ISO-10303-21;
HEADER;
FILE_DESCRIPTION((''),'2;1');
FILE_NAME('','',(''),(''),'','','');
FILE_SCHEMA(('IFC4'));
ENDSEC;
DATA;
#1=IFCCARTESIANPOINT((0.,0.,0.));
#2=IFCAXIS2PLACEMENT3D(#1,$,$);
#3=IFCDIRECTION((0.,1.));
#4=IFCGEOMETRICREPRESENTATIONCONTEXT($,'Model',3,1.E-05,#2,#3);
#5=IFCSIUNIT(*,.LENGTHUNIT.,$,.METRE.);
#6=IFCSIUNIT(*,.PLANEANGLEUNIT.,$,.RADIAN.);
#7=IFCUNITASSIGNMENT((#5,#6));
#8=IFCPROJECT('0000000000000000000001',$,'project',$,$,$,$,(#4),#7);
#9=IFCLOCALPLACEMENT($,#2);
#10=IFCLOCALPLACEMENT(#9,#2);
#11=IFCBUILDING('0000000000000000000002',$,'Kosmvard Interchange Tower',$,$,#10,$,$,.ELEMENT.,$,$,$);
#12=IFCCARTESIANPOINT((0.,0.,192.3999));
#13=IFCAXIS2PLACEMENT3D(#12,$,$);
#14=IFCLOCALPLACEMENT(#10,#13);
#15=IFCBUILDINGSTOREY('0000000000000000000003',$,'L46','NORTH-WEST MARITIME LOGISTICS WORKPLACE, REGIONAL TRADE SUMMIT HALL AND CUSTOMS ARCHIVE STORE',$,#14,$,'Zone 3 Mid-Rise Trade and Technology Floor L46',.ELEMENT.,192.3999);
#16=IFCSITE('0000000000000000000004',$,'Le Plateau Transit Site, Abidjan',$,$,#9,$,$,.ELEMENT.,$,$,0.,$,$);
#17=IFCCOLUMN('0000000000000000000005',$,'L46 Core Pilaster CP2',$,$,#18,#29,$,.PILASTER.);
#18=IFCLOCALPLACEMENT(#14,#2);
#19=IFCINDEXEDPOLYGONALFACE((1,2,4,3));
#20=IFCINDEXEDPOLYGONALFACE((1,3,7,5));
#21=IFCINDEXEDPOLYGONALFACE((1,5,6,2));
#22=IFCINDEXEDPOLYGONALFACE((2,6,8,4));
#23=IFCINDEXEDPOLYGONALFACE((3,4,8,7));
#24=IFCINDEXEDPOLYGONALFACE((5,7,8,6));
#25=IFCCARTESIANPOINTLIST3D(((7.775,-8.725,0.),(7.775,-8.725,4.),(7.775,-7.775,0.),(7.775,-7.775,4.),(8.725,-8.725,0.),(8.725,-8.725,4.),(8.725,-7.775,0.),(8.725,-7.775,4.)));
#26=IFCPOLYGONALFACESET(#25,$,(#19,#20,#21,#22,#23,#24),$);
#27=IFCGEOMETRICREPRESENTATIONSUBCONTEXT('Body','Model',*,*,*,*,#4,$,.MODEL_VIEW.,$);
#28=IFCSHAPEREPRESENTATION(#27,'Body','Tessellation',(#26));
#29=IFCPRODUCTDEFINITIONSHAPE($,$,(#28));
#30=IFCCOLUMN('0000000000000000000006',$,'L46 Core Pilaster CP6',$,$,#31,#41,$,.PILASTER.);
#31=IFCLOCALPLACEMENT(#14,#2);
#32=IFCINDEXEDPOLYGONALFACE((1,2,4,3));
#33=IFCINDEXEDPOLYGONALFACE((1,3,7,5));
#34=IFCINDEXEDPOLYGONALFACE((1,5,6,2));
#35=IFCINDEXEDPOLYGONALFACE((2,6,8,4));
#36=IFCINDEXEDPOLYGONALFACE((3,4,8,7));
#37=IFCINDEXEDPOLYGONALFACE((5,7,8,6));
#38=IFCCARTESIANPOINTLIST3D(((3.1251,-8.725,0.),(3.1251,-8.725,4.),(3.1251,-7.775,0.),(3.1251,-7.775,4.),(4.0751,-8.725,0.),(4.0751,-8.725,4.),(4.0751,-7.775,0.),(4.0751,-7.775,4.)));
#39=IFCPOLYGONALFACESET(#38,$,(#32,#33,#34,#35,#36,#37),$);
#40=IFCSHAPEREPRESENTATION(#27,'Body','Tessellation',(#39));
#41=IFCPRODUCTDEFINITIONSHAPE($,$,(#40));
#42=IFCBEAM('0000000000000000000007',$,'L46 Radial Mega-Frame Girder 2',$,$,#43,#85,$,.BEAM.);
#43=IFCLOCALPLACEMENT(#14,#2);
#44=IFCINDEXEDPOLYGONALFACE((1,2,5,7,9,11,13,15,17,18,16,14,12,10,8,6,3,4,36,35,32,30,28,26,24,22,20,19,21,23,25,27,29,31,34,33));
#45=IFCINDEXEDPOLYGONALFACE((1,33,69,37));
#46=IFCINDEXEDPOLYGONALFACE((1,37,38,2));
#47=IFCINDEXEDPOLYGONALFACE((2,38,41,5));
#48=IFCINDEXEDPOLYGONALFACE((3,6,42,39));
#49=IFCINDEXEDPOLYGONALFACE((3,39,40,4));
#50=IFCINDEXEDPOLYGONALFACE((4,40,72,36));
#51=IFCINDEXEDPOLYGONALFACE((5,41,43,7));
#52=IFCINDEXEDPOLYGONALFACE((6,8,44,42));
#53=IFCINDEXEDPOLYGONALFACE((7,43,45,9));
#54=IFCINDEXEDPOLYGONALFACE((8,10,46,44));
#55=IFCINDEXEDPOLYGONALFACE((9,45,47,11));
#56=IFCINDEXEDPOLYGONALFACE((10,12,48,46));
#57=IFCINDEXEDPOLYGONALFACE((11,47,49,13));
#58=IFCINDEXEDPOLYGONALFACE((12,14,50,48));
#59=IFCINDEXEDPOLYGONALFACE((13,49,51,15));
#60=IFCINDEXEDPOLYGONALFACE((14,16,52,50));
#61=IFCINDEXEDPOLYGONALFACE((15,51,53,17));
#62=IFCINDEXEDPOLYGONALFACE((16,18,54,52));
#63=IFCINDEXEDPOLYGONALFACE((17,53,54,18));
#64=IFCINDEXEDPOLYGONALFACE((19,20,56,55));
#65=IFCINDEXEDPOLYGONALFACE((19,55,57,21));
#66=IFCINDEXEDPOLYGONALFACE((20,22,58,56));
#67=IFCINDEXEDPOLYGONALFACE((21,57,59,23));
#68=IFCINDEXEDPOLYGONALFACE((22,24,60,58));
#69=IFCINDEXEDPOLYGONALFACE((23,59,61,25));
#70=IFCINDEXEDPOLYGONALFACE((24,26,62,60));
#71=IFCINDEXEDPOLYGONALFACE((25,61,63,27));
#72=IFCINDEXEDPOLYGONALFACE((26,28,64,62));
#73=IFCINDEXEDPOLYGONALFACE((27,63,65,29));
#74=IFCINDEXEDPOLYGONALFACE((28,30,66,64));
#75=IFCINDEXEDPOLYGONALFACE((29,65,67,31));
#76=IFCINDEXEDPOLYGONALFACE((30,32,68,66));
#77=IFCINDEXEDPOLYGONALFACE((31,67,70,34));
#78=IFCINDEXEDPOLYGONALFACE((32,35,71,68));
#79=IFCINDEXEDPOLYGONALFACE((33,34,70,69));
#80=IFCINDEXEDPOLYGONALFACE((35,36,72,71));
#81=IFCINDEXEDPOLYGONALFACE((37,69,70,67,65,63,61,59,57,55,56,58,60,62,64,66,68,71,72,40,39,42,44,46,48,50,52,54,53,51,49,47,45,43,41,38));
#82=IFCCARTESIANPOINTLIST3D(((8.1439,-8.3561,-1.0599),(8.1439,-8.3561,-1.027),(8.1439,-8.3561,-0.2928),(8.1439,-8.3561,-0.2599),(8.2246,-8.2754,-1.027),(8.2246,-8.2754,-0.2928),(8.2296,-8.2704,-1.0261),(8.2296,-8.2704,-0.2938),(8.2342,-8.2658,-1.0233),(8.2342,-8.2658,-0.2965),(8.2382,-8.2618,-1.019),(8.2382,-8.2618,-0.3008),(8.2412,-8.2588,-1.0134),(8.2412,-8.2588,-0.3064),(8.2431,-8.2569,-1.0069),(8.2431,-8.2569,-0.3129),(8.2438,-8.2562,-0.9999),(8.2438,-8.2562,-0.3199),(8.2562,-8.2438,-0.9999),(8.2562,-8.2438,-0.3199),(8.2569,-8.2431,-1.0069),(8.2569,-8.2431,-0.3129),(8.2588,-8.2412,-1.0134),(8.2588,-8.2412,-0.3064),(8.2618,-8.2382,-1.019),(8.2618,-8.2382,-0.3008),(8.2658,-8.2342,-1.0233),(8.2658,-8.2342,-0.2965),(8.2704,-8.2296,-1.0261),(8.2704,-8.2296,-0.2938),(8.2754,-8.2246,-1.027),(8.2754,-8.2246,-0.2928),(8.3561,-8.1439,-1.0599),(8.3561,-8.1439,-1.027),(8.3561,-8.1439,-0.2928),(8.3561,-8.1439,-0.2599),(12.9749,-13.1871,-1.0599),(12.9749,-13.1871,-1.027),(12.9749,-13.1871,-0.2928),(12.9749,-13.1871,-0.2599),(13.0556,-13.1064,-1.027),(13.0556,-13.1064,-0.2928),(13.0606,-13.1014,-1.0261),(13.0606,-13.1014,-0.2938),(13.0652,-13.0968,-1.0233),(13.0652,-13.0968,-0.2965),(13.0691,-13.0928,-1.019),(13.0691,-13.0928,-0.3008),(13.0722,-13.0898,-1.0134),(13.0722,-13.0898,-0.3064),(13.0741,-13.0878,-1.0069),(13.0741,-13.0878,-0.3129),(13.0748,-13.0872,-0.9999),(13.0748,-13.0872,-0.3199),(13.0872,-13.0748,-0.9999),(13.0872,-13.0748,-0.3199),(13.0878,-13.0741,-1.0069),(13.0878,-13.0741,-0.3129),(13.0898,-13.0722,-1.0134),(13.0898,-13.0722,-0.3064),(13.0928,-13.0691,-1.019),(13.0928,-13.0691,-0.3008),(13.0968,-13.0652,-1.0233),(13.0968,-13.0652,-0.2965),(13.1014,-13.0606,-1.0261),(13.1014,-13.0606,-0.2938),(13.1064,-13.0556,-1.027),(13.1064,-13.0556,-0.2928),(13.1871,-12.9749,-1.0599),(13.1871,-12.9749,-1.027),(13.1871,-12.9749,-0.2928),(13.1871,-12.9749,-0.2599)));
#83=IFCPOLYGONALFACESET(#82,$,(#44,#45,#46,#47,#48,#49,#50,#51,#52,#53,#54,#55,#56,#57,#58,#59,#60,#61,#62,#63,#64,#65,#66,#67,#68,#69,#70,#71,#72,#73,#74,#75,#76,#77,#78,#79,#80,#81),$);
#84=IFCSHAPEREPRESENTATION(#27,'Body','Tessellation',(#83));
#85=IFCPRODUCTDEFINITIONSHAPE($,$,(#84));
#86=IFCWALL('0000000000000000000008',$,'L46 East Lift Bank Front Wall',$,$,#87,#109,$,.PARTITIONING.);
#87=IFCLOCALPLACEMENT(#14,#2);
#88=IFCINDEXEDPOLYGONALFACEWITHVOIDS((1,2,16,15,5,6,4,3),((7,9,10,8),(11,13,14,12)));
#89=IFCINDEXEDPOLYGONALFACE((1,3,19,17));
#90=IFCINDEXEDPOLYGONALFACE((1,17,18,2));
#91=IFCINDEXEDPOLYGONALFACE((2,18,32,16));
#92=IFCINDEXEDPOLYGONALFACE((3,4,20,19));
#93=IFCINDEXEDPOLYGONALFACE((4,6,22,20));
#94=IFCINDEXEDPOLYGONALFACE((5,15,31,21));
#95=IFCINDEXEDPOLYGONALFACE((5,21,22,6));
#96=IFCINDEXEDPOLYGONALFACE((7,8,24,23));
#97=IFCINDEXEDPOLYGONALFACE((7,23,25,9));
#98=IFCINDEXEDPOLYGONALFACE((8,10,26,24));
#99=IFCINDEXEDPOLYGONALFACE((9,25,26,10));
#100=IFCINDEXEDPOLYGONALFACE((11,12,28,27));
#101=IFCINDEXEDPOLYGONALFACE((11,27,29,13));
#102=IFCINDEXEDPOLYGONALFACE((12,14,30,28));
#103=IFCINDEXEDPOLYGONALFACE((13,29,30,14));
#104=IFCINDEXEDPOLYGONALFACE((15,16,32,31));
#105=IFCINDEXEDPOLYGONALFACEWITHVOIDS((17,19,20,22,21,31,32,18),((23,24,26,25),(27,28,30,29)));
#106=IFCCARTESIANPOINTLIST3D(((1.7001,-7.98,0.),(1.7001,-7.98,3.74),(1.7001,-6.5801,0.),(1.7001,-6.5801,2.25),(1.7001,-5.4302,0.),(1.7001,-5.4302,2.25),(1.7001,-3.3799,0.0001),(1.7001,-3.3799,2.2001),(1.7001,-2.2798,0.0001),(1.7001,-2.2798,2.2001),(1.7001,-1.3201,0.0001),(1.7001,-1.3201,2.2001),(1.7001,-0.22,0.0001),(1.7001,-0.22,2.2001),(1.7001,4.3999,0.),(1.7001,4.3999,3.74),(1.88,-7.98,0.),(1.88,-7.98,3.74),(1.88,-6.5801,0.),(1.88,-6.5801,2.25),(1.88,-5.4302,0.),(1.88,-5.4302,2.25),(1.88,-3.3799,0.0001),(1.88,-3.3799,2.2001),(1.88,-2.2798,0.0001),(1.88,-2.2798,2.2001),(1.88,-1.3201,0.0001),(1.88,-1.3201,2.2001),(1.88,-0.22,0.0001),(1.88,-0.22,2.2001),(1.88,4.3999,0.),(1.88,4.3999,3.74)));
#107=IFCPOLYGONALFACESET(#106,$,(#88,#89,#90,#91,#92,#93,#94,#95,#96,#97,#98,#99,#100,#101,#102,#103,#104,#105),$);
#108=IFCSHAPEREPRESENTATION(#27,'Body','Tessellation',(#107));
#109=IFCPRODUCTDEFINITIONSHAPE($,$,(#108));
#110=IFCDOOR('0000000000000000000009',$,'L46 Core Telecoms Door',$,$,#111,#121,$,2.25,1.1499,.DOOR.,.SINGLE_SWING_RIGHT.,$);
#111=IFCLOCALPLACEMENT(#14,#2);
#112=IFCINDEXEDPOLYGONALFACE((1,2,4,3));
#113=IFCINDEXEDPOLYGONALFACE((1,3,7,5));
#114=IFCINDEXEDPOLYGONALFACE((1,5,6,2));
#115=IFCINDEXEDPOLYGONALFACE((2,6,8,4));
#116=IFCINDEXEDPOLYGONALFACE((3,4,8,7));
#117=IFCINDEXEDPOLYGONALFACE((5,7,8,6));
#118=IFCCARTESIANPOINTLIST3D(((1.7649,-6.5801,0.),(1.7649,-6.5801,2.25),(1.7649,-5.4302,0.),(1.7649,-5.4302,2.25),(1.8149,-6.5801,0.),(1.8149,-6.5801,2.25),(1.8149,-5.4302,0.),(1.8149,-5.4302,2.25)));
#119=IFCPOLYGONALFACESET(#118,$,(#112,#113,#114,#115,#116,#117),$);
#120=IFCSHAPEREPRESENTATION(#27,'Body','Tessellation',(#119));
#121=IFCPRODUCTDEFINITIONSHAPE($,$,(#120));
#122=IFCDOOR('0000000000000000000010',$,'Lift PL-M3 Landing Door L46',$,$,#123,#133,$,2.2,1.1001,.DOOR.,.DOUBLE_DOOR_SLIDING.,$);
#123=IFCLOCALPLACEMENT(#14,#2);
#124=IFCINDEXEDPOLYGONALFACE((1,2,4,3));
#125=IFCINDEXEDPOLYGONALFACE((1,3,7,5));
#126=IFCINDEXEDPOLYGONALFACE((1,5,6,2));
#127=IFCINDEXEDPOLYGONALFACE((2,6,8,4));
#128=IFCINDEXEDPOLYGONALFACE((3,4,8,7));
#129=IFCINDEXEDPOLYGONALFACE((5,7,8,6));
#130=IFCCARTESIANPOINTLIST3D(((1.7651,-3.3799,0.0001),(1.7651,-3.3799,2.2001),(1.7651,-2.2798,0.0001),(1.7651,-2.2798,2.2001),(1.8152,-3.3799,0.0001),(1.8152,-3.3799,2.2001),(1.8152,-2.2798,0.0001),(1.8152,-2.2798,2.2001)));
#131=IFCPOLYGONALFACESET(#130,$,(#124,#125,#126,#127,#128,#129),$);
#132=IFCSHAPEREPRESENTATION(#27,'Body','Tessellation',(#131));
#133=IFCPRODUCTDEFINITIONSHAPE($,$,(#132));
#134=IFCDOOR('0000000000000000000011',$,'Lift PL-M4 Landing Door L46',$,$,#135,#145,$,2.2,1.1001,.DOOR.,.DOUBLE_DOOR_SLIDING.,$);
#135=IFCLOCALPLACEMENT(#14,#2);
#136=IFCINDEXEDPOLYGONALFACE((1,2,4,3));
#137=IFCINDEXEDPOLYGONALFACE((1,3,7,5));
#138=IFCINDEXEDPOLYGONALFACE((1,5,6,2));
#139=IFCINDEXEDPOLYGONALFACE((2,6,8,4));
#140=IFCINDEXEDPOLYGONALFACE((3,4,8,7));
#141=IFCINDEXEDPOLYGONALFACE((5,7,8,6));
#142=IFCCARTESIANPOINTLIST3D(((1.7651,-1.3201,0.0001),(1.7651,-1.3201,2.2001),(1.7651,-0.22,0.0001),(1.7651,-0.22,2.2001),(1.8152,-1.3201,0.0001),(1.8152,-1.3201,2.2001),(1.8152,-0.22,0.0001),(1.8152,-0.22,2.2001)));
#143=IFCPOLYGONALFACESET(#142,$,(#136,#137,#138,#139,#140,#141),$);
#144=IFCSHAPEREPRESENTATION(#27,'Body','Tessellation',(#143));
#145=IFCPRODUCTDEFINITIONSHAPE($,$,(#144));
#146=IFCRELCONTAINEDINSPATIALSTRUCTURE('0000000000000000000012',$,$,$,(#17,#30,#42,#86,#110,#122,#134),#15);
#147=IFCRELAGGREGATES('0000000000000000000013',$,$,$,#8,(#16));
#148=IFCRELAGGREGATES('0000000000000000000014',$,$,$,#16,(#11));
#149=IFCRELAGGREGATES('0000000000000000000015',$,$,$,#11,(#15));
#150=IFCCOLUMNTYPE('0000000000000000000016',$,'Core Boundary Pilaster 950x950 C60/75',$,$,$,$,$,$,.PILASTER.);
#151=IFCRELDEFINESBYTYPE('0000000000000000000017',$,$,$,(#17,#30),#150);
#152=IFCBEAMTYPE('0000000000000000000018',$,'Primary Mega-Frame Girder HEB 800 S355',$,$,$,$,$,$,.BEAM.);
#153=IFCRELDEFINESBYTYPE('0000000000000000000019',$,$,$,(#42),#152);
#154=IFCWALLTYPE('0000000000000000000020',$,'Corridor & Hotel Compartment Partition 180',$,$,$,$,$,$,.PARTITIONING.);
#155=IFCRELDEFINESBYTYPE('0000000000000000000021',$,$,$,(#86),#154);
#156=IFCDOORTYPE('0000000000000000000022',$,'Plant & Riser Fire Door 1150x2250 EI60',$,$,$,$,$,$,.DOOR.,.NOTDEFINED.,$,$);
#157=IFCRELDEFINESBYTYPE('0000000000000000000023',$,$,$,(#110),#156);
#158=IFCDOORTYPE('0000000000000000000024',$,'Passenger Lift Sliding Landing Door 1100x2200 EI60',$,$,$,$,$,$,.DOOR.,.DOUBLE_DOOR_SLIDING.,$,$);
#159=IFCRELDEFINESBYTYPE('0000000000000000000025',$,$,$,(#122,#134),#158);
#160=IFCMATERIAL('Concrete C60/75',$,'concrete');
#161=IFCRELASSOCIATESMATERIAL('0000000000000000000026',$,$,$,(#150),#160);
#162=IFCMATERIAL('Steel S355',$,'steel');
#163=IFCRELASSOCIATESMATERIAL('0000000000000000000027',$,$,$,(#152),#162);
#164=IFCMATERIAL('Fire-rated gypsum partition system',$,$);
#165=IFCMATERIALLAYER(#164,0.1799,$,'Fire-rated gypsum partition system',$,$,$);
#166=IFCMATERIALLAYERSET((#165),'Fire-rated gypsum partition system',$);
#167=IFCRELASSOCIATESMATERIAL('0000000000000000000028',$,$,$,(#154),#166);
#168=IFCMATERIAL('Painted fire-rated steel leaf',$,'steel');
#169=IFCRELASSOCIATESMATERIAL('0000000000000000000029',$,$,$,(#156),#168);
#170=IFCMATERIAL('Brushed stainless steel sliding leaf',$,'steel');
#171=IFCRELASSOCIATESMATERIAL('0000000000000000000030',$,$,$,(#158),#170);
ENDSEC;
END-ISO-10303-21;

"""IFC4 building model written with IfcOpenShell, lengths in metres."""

from ifc_helpers import new_model, si_unit, direction, frame, frame_2d, origin, origin_2d, place, context, subcontext, project, spatial, rectangle, i_section, extrude, source, transform, mapped, material, layer, layer_set, material_profile, profile_set, type_object, element, fill, save


model = new_model("IFC4")

# Units and contexts
model_context = context("Model", 3, precision=1e-05, world=origin(), true_north=direction((0.0, 1.0)))
body_context = subcontext(model_context, "Body", "Model", "MODEL_VIEW")
ifc_project = project(units=[si_unit("LENGTHUNIT", "METRE"), si_unit("PLANEANGLEUNIT", "RADIAN")], contexts=[model_context])

# Site, building, storey
site_placement = place(None, origin())
site = spatial("IfcSite", under=ifc_project, at=site_placement, Name="Le Plateau Transit Site, Abidjan", CompositionType="ELEMENT", RefElevation=0.0)
building_placement = place(site_placement, origin())
building = spatial("IfcBuilding", under=site, at=building_placement, Name="Kosmvard Interchange Tower", CompositionType="ELEMENT")
storey_placement = place(building_placement, frame((0.0, 0.0, 192.3999)))
storey = spatial("IfcBuildingStorey", under=building, at=storey_placement, Name="L46", Description="NORTH-WEST MARITIME LOGISTICS WORKPLACE, REGIONAL TRADE SUMMIT HALL AND CUSTOMS ARCHIVE STORE", LongName="Zone 3 Mid-Rise Trade and Technology Floor L46", CompositionType="ELEMENT", Elevation=192.3999)

# Columns
ifc_material_1 = material(Name="Concrete C60/75", Category="concrete")
ifc_material_profile_1 = material_profile(ifc_material_1, rectangle(XDim=0.95, YDim=0.95, at=origin_2d()), Name="CP 950x950")
ifc_profile_set_1 = profile_set([ifc_material_profile_1], Name="Concrete C60/75")
column_type = type_object("IfcColumnType", Name="Core Boundary Pilaster 950x950 C60/75", PredefinedType="PILASTER", material=ifc_profile_set_1)
shared_shape_1 = source(origin(), body_context, "Body", "SweptSolid", [
    extrude(rectangle(XDim=0.95, YDim=0.95, at=origin_2d()), origin(), (0.0, 0.0, 1.0), 4.0),
])
for number, where, z_axis, x_axis, name in (
    (1, (8.25, -8.25, 0.0), (0.0, 0.0, 1.0), (1.0, 0.0, 0.0), "L46 Core Pilaster CP2"),
    (2, (3.6001, -8.25, 0.0), (0.0, 0.0, 1.0), (1.0, 0.0, 0.0), "L46 Core Pilaster CP6"),
):
    element("IfcColumn", number, at=place(storey_placement, frame(where, z_axis=z_axis, x_axis=x_axis)), inside=storey, type_object=column_type, Name=name, PredefinedType="PILASTER", context=body_context, shape_type="MappedRepresentation", body=[
        mapped(shared_shape_1, transform((0.0, 0.0, 0.0), scale=1.0)),
    ])

# Beam
ifc_material_2 = material(Name="Steel S355", Category="steel")
ifc_material_profile_2 = material_profile(ifc_material_2, i_section(OverallWidth=0.3, OverallDepth=0.8, WebThickness=0.0176, FlangeThickness=0.033, FilletRadius=0.0271, at=origin_2d()), Name="HEB 800")
ifc_profile_set_2 = profile_set([ifc_material_profile_2], Name="Steel S355")
beam_type = type_object("IfcBeamType", Name="Primary Mega-Frame Girder HEB 800 S355", PredefinedType="BEAM", material=ifc_profile_set_2)
shared_shape_2 = source(origin(), body_context, "Body", "SweptSolid", [
    extrude(i_section(OverallWidth=0.3, OverallDepth=0.8, WebThickness=0.0176, FlangeThickness=0.033, FilletRadius=0.0271, at=origin_2d()), origin(), (0.0, 0.0, 1.0), 6.832),
])
beam_placement = place(storey_placement, frame((8.25, -8.25, -0.6599), z_axis=(0.707107, -0.707107, 0.0), x_axis=(0.707107, 0.707107, 0.0)))
element("IfcBeam", 3, at=beam_placement, inside=storey, type_object=beam_type, Name="L46 Radial Mega-Frame Girder 2", PredefinedType="BEAM", context=body_context, shape_type="MappedRepresentation", body=[
    mapped(shared_shape_2, transform((0.0, 0.0, 0.0), scale=1.0)),
])

# Wall, openings, doors
ifc_material_3 = material(Name="Fire-rated gypsum partition system")
ifc_layer_1 = layer(ifc_material_3, 0.1799, Name="Fire-rated gypsum partition system")
ifc_layer_set_1 = layer_set([ifc_layer_1], Name="Fire-rated gypsum partition system")
wall_type_1 = type_object("IfcWallType", Name="Corridor & Hotel Compartment Partition 180", PredefinedType="PARTITIONING", material=ifc_layer_set_1)
wall_1_placement = place(storey_placement, frame((1.79, -7.98, 0.0), z_axis=(0.0, 0.0, 1.0), x_axis=(0.0, 1.0, 0.0)))
wall_1 = element("IfcWall", 4, at=wall_1_placement, inside=storey, type_object=wall_type_1, Name="L46 East Lift Bank Front Wall", PredefinedType="PARTITIONING", context=body_context, shape_type="SweptSolid", body=[
    extrude(rectangle(XDim=12.3799, YDim=0.1799, at=frame_2d((6.1899, 0.0))), origin(), (0.0, 0.0, 1.0), 3.74),
])
opening_1_placement = place(wall_1_placement, frame((4.6001, 0.0, 0.0)))
opening_1 = element("IfcOpeningElement", 5, at=opening_1_placement, cuts=wall_1, PredefinedType="OPENING", context=body_context, shape_type="SweptSolid", body=[
    extrude(rectangle(XDim=1.1001, YDim=2.2, at=frame_2d((0.55, 1.1001))), frame((0.0, 0.1001, 0.0), z_axis=(0.0, -1.0, 0.0), x_axis=(1.0, 0.0, 0.0)), (0.0, 0.0, 1.0), 0.2),
])
opening_2_placement = place(wall_1_placement, frame((6.6599, 0.0, 0.0)))
opening_2 = element("IfcOpeningElement", 6, at=opening_2_placement, cuts=wall_1, PredefinedType="OPENING", context=body_context, shape_type="SweptSolid", body=[
    extrude(rectangle(XDim=1.1001, YDim=2.2, at=frame_2d((0.55, 1.1001))), frame((0.0, 0.1001, 0.0), z_axis=(0.0, -1.0, 0.0), x_axis=(1.0, 0.0, 0.0)), (0.0, 0.0, 1.0), 0.2),
])
opening_3_placement = place(wall_1_placement, frame((1.3999, 0.0, 0.0)))
opening_3 = element("IfcOpeningElement", 7, at=opening_3_placement, cuts=wall_1, PredefinedType="OPENING", context=body_context, shape_type="SweptSolid", body=[
    extrude(rectangle(XDim=1.1499, YDim=2.25, at=frame_2d((0.575, 1.125))), frame((0.0, 0.1001, 0.0), z_axis=(0.0, -1.0, 0.0), x_axis=(1.0, 0.0, 0.0)), (0.0, 0.0, 1.0), 0.2),
])
ifc_material_4 = material(Name="Painted fire-rated steel leaf", Category="steel")
door_type_1 = type_object("IfcDoorType", Name="Plant & Riser Fire Door 1150x2250 EI60", OperationType="NOTDEFINED", PredefinedType="DOOR", material=ifc_material_4)
shared_shape_3 = source(origin(), body_context, "Body", "SweptSolid", [
    extrude(rectangle(XDim=1.1499, YDim=2.25, at=frame_2d((0.575, 1.125))), frame((0.0, 0.0249, 0.0), z_axis=(0.0, -1.0, 0.0), x_axis=(1.0, 0.0, 0.0)), (0.0, 0.0, 1.0), 0.05),
])
door_1_placement = place(opening_3_placement, frame((1.1499, 0.0, 0.0), z_axis=(0.0, 0.0, 1.0), x_axis=(-1.0, 0.0, 0.0)))
door_1 = element("IfcDoor", 8, at=door_1_placement, inside=storey, type_object=door_type_1, Name="L46 Core Telecoms Door", OperationType="SINGLE_SWING_RIGHT", OverallHeight=2.25, OverallWidth=1.1499, PredefinedType="DOOR", context=body_context, shape_type="MappedRepresentation", body=[
    mapped(shared_shape_3, transform((0.0, 0.0, 0.0), scale=1.0)),
])
fill(opening_3, door_1)
ifc_material_5 = material(Name="Brushed stainless steel sliding leaf", Category="steel")
door_type_2 = type_object("IfcDoorType", Name="Passenger Lift Sliding Landing Door 1100x2200 EI60", OperationType="DOUBLE_DOOR_SLIDING", PredefinedType="DOOR", material=ifc_material_5)
shared_shape_4 = source(origin(), body_context, "Body", "SweptSolid", [
    extrude(rectangle(XDim=1.1001, YDim=2.2, at=frame_2d((0.55, 1.1001))), frame((0.0, 0.0249, 0.0), z_axis=(0.0, -1.0, 0.0), x_axis=(1.0, 0.0, 0.0)), (0.0, 0.0, 1.0), 0.05),
])
door_2_placement = place(opening_1_placement, origin())
door_2 = element("IfcDoor", 9, at=door_2_placement, inside=storey, type_object=door_type_2, Name="Lift PL-M3 Landing Door L46", OperationType="DOUBLE_DOOR_SLIDING", OverallHeight=2.2, OverallWidth=1.1001, PredefinedType="DOOR", context=body_context, shape_type="MappedRepresentation", body=[
    mapped(shared_shape_4, transform((0.0, 0.0, 0.0), scale=1.0)),
])
fill(opening_1, door_2)
door_3_placement = place(opening_2_placement, origin())
door_3 = element("IfcDoor", 10, at=door_3_placement, inside=storey, type_object=door_type_2, Name="Lift PL-M4 Landing Door L46", OperationType="DOUBLE_DOOR_SLIDING", OverallHeight=2.2, OverallWidth=1.1001, PredefinedType="DOOR", context=body_context, shape_type="MappedRepresentation", body=[
    mapped(shared_shape_4, transform((0.0, 0.0, 0.0), scale=1.0)),
])
fill(opening_2, door_3)

save(model, "model.ifc")
